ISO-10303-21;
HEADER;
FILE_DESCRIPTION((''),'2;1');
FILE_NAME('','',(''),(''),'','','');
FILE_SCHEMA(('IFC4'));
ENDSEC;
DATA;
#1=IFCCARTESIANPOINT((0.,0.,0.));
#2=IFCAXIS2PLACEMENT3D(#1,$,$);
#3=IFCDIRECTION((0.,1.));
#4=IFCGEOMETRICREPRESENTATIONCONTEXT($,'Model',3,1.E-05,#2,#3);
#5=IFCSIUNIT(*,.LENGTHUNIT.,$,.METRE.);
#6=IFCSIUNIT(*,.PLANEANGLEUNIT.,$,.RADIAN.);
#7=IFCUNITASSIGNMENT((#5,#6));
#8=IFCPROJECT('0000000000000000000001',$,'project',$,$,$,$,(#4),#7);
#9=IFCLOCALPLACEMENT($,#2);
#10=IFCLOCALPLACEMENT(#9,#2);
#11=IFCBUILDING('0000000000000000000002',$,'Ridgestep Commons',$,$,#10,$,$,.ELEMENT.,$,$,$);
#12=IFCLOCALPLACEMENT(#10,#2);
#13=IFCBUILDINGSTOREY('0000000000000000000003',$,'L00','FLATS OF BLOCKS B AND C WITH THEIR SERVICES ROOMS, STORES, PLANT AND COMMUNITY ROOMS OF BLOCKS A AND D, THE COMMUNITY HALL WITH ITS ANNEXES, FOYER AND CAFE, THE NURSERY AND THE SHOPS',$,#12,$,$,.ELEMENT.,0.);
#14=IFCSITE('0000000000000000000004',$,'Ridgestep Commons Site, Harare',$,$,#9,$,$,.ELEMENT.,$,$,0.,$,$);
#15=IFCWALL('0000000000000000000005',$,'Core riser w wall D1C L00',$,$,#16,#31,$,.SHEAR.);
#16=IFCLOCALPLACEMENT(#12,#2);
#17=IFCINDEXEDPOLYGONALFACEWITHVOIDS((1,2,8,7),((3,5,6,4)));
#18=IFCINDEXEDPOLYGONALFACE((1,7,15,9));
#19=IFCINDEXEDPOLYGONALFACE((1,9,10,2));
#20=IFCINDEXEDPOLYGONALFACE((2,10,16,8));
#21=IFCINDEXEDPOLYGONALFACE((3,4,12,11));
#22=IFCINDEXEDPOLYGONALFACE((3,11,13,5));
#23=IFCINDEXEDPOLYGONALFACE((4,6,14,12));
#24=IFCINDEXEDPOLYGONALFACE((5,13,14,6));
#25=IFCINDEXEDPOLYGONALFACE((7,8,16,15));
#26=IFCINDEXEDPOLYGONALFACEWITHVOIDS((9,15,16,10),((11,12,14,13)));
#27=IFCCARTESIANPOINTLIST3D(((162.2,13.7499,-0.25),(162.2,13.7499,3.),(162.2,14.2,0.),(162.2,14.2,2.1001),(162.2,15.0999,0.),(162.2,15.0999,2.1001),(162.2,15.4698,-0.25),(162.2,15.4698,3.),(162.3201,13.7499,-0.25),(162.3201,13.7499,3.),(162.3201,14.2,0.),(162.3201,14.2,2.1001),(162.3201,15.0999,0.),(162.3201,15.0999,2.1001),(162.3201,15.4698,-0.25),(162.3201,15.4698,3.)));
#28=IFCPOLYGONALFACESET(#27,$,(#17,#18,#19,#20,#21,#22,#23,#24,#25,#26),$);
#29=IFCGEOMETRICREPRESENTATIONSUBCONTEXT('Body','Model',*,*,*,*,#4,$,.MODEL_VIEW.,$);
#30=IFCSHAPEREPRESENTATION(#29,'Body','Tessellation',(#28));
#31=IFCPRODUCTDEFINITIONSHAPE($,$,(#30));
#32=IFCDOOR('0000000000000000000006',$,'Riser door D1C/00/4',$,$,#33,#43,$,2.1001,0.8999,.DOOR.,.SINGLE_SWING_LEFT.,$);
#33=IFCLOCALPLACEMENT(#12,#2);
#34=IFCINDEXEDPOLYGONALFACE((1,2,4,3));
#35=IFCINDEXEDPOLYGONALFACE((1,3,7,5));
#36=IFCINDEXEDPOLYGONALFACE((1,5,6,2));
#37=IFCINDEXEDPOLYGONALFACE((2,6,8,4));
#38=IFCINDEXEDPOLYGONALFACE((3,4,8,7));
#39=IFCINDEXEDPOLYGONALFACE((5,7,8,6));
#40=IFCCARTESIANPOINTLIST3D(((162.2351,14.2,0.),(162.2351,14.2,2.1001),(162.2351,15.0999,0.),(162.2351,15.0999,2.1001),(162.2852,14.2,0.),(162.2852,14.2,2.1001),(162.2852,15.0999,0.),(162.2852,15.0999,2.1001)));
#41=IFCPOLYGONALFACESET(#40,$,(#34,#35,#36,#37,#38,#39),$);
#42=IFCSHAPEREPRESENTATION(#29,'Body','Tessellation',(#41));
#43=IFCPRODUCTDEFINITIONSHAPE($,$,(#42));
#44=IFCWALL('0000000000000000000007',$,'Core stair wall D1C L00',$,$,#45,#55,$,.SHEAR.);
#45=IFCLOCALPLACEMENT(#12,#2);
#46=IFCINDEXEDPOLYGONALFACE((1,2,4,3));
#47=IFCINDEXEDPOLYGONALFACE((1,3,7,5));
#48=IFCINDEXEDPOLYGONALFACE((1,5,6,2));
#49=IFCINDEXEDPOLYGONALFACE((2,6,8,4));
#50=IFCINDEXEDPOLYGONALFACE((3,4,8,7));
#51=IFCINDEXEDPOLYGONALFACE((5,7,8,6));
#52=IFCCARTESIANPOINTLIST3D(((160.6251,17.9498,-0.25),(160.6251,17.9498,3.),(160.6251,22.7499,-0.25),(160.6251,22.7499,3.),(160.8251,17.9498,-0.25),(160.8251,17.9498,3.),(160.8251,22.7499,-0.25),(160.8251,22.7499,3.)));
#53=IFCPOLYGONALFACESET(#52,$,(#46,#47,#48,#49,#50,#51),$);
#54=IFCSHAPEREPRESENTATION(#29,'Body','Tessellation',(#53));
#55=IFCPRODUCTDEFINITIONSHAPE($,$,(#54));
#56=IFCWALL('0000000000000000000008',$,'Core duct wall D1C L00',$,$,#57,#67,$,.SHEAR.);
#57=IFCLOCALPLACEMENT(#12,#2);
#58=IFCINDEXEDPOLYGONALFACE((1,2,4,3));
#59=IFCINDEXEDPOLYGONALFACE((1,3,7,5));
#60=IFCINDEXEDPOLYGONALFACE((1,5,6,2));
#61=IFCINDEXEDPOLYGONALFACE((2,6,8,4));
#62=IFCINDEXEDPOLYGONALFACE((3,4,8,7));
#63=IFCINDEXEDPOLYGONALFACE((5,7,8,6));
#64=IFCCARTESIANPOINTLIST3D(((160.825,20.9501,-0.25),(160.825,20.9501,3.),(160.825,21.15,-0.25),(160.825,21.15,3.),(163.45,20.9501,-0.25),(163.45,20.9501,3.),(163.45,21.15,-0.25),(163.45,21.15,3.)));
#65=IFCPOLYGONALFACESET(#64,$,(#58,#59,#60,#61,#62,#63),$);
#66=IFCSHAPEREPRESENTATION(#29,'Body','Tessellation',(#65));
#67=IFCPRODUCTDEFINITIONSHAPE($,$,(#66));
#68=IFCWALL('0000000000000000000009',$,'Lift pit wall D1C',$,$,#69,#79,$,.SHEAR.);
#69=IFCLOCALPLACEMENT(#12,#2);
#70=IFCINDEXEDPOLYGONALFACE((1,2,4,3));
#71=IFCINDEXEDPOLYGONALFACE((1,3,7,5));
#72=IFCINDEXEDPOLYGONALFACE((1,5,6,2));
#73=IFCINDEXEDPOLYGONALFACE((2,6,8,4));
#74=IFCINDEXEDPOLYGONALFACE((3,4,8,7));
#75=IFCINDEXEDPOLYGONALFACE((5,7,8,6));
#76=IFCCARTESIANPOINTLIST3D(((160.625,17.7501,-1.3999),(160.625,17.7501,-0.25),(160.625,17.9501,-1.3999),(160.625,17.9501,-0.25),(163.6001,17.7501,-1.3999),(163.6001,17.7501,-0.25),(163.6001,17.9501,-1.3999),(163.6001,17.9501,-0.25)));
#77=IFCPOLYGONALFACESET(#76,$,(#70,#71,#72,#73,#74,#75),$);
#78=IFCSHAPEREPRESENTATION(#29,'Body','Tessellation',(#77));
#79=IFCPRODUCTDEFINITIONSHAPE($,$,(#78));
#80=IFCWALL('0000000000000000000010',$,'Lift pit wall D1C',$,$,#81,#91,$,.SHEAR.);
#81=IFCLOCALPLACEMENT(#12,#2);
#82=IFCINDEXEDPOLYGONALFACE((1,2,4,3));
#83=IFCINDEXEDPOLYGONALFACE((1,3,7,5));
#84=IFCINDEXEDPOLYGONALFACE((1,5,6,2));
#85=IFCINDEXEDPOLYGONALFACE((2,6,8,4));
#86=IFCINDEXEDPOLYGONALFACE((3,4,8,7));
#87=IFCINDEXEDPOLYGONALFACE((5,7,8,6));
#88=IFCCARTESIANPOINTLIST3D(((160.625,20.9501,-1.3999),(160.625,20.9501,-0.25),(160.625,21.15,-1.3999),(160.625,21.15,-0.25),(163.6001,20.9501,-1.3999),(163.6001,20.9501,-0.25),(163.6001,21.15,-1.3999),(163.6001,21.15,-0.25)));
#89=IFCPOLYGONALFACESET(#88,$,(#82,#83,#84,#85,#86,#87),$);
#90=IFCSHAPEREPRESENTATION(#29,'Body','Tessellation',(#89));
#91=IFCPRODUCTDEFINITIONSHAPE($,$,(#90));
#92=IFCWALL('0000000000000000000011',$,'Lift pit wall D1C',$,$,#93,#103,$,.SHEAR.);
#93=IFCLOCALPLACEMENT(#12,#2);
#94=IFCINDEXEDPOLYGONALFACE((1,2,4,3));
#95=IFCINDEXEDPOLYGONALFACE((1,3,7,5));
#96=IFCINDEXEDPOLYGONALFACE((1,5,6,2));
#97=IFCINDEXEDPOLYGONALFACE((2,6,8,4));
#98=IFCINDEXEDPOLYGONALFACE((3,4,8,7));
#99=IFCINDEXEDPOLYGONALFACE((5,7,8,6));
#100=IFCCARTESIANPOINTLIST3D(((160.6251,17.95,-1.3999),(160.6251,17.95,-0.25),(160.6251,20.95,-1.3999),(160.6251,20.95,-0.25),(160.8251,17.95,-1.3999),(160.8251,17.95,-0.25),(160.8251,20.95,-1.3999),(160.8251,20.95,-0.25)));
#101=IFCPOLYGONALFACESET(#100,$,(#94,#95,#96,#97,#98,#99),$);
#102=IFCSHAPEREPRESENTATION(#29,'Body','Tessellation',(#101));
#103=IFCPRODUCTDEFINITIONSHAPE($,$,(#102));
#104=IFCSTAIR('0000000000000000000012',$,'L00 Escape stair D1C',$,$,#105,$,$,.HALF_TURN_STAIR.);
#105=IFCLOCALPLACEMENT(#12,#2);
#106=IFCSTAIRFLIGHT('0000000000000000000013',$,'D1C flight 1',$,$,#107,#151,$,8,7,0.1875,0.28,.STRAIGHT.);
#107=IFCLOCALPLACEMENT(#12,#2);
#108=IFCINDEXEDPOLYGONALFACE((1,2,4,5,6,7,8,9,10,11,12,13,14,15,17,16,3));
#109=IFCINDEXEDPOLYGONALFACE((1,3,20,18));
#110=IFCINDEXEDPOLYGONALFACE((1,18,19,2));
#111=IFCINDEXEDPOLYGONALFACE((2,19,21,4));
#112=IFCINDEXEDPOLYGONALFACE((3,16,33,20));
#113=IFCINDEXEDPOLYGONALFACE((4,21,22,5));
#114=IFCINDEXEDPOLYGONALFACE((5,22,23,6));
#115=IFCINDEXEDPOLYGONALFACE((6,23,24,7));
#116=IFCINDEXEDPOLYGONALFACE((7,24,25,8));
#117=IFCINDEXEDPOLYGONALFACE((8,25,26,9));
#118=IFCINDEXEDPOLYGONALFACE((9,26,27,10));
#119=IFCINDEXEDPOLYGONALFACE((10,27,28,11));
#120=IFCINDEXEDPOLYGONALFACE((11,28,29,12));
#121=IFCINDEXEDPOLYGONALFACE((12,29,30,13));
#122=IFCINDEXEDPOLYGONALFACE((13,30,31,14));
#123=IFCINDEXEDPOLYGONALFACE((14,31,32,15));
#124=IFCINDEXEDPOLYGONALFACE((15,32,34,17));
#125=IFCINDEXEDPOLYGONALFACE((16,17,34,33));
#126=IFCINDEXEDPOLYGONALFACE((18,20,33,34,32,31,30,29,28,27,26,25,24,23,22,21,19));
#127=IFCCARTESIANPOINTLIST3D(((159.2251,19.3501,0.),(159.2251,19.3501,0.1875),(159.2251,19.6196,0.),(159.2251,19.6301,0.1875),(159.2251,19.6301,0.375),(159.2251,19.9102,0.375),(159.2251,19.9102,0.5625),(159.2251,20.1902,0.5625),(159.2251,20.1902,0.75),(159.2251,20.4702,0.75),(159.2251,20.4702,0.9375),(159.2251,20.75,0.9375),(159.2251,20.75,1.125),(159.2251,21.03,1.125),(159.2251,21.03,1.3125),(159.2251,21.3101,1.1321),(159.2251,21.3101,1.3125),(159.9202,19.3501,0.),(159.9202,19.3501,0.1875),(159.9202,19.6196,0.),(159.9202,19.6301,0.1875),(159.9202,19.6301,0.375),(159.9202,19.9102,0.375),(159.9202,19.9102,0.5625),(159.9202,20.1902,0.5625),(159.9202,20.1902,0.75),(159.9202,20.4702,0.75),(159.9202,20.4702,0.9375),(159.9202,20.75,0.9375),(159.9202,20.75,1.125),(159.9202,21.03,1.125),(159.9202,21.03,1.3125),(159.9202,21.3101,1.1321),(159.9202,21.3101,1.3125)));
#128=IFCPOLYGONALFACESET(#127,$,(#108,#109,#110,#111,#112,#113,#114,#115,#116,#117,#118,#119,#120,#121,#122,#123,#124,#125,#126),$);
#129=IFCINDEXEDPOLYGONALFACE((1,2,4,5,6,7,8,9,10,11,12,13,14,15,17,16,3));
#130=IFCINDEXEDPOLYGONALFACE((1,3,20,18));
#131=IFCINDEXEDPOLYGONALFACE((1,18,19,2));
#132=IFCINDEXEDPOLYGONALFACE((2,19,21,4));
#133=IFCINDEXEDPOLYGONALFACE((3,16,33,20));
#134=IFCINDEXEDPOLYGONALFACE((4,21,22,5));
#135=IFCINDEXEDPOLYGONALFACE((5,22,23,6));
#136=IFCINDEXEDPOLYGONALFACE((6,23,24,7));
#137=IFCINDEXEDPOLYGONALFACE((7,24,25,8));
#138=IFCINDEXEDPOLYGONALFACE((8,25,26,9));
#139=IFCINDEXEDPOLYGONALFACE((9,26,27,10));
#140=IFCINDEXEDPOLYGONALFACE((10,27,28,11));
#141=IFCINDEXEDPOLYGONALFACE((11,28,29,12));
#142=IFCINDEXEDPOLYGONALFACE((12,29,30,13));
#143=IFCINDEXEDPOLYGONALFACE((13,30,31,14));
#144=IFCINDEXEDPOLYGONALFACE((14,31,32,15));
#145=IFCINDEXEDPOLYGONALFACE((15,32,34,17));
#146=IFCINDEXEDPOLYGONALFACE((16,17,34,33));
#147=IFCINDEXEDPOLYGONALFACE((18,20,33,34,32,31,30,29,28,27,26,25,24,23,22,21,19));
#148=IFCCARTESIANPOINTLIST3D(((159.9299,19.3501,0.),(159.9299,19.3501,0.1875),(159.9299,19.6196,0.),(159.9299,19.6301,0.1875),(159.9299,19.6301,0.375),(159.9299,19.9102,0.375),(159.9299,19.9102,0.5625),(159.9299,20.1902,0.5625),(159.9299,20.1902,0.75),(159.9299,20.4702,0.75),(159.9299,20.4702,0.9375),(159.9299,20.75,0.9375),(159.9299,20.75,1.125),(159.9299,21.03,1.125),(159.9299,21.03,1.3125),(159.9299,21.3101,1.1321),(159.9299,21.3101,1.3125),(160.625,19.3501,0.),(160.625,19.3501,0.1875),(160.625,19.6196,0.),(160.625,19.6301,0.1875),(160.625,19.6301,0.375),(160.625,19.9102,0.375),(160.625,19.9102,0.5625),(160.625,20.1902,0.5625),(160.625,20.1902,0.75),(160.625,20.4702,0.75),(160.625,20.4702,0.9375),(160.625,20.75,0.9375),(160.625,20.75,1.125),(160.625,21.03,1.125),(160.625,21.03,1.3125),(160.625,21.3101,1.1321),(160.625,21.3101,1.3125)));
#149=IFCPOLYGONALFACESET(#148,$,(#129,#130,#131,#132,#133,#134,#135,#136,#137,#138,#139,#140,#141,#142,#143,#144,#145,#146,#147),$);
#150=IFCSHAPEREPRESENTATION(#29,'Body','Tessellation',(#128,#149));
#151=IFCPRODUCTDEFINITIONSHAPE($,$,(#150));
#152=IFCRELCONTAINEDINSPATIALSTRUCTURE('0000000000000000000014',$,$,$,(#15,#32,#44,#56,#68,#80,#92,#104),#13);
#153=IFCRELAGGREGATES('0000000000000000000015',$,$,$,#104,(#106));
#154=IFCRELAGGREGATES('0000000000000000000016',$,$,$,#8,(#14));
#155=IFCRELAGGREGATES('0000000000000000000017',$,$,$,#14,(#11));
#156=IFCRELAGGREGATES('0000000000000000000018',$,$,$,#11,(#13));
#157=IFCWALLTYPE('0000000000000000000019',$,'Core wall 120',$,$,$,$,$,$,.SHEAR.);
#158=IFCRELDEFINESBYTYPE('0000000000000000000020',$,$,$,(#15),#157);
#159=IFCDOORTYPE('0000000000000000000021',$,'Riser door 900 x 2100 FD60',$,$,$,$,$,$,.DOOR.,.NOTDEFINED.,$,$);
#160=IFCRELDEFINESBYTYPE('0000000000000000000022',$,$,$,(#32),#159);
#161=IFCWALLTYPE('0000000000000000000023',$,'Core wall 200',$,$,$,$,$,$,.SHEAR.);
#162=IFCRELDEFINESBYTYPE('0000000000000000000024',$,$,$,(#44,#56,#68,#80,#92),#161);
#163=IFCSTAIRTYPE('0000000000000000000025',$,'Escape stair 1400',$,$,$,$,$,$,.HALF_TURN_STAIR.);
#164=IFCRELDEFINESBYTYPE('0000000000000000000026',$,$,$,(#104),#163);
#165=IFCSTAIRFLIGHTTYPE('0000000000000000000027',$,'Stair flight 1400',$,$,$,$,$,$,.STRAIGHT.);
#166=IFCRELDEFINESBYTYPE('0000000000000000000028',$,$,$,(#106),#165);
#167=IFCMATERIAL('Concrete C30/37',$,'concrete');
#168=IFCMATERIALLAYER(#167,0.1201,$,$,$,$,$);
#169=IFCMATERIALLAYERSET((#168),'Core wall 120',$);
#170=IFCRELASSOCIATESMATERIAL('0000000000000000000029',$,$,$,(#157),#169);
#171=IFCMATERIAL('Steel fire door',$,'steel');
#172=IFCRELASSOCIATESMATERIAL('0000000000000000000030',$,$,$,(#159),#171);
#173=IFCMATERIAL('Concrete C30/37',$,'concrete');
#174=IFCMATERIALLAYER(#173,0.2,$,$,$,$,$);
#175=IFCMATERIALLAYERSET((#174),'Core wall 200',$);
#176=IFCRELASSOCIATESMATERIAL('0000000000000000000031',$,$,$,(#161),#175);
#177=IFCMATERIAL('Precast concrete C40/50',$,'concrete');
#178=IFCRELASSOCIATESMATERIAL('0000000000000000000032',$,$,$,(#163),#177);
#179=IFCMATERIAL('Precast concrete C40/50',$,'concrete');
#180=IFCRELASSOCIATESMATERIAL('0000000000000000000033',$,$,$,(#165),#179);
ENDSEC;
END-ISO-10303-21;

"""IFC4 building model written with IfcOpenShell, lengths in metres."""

from ifc_helpers import new_model, si_unit, direction, frame, frame_2d, origin, place, context, subcontext, project, spatial, polyline, rectangle, outline, extrude, material, layer, layer_set, type_object, element, fill, aggregate, save


model = new_model("IFC4")

# Units and contexts
model_context = context("Model", 3, precision=1e-05, world=origin(), true_north=direction((0.0, 1.0)))
body_context = subcontext(model_context, "Body", "Model", "MODEL_VIEW")
ifc_project = project(units=[si_unit("LENGTHUNIT", "METRE"), si_unit("PLANEANGLEUNIT", "RADIAN")], contexts=[model_context])

# Site, building, storey
site_placement = place(None, origin())
site = spatial("IfcSite", under=ifc_project, at=site_placement, Name="Ridgestep Commons Site, Harare", CompositionType="ELEMENT", RefElevation=0.0)
building_placement = place(site_placement, origin())
building = spatial("IfcBuilding", under=site, at=building_placement, Name="Ridgestep Commons", CompositionType="ELEMENT")
storey_placement = place(building_placement, origin())
storey = spatial("IfcBuildingStorey", under=building, at=storey_placement, Name="L00", Description="FLATS OF BLOCKS B AND C WITH THEIR SERVICES ROOMS, STORES, PLANT AND COMMUNITY ROOMS OF BLOCKS A AND D, THE COMMUNITY HALL WITH ITS ANNEXES, FOYER AND CAFE, THE NURSERY AND THE SHOPS", CompositionType="ELEMENT", Elevation=0.0)

# Wall, opening, door
ifc_material_1 = material(Name="Concrete C30/37", Category="concrete")
ifc_layer_1 = layer(ifc_material_1, 0.1201)
ifc_layer_set_1 = layer_set([ifc_layer_1], Name="Core wall 120")
wall_type_1 = type_object("IfcWallType", Name="Core wall 120", PredefinedType="SHEAR", material=ifc_layer_set_1)
wall_1_placement = place(storey_placement, frame((162.26, 13.75, -0.25), z_axis=(0.0, 0.0, 1.0), x_axis=(0.0, 1.0, 0.0)))
wall_1 = element("IfcWall", 1, at=wall_1_placement, inside=storey, type_object=wall_type_1, Name="Core riser w wall D1C L00", PredefinedType="SHEAR", context=body_context, shape_type="SweptSolid", body=[
    extrude(rectangle(XDim=1.72, YDim=0.1201, at=frame_2d((0.8599, 0.0))), origin(), (0.0, 0.0, 1.0), 3.25),
])
opening_placement = place(wall_1_placement, frame((0.45, 0.0, 0.25)))
opening = element("IfcOpeningElement", 2, at=opening_placement, cuts=wall_1, PredefinedType="OPENING", context=body_context, shape_type="SweptSolid", body=[
    extrude(rectangle(XDim=0.8999, YDim=2.1001, at=frame_2d((0.45, 1.05))), frame((0.0, 0.0701, 0.0), z_axis=(0.0, -1.0, 0.0), x_axis=(1.0, 0.0, 0.0)), (0.0, 0.0, 1.0), 0.1401),
])
ifc_material_2 = material(Name="Steel fire door", Category="steel")
door_type = type_object("IfcDoorType", Name="Riser door 900 x 2100 FD60", OperationType="NOTDEFINED", PredefinedType="DOOR", material=ifc_material_2)
door_placement = place(opening_placement, origin())
door = element("IfcDoor", 3, at=door_placement, inside=storey, type_object=door_type, Name="Riser door D1C/00/4", OperationType="SINGLE_SWING_LEFT", OverallHeight=2.1001, OverallWidth=0.8999, PredefinedType="DOOR", context=body_context, shape_type="SweptSolid", body=[
    extrude(rectangle(XDim=0.8999, YDim=2.1001, at=frame_2d((0.45, 1.05))), frame((0.0, 0.0249, 0.0), z_axis=(0.0, -1.0, 0.0), x_axis=(1.0, 0.0, 0.0)), (0.0, 0.0, 1.0), 0.05),
])
fill(opening, door)

# Walls
ifc_material_3 = material(Name="Concrete C30/37", Category="concrete")
ifc_layer_2 = layer(ifc_material_3, 0.2)
ifc_layer_set_2 = layer_set([ifc_layer_2], Name="Core wall 200")
wall_type_2 = type_object("IfcWallType", Name="Core wall 200", PredefinedType="SHEAR", material=ifc_layer_set_2)
wall_2_placement = place(storey_placement, frame((160.7251, 17.95, -0.25), z_axis=(0.0, 0.0, 1.0), x_axis=(0.0, 1.0, 0.0)))
element("IfcWall", 4, at=wall_2_placement, inside=storey, type_object=wall_type_2, Name="Core stair wall D1C L00", PredefinedType="SHEAR", context=body_context, shape_type="SweptSolid", body=[
    extrude(rectangle(XDim=4.8, YDim=0.2, at=frame_2d((2.3999, 0.0))), origin(), (0.0, 0.0, 1.0), 3.25),
])
wall_3_placement = place(storey_placement, frame((160.825, 21.05, -0.25), z_axis=(0.0, 0.0, 1.0), x_axis=(1.0, 0.0, 0.0)))
element("IfcWall", 5, at=wall_3_placement, inside=storey, type_object=wall_type_2, Name="Core duct wall D1C L00", PredefinedType="SHEAR", context=body_context, shape_type="SweptSolid", body=[
    extrude(rectangle(XDim=2.625, YDim=0.2, at=frame_2d((1.3125, 0.0))), origin(), (0.0, 0.0, 1.0), 3.25),
])
for number, where, z_axis, x_axis, name in (
    (6, (160.625, 17.8501, -1.3999), (0.0, 0.0, 1.0), (1.0, 0.0, 0.0), "Lift pit wall D1C"),
    (7, (160.625, 21.05, -1.3999), (0.0, 0.0, 1.0), (1.0, 0.0, 0.0), "Lift pit wall D1C"),
):
    element("IfcWall", number, at=place(storey_placement, frame(where, z_axis=z_axis, x_axis=x_axis)), inside=storey, type_object=wall_type_2, Name=name, PredefinedType="SHEAR", context=body_context, shape_type="SweptSolid", body=[
        extrude(rectangle(XDim=2.9751, YDim=0.2, at=frame_2d((1.4875, 0.0))), origin(), (0.0, 0.0, 1.0), 1.1499),
    ])
wall_4_placement = place(storey_placement, frame((160.7251, 17.95, -1.3999), z_axis=(0.0, 0.0, 1.0), x_axis=(0.0, 1.0, 0.0)))
element("IfcWall", 8, at=wall_4_placement, inside=storey, type_object=wall_type_2, Name="Lift pit wall D1C", PredefinedType="SHEAR", context=body_context, shape_type="SweptSolid", body=[
    extrude(rectangle(XDim=3.0, YDim=0.2, at=frame_2d((1.5, 0.0))), origin(), (0.0, 0.0, 1.0), 1.1499),
])

# Stair, stair flight
ifc_material_4 = material(Name="Precast concrete C40/50", Category="concrete")
stair_type = type_object("IfcStairType", Name="Escape stair 1400", PredefinedType="HALF_TURN_STAIR", material=ifc_material_4)
stair_placement = place(storey_placement, origin())
stair = element("IfcStair", 9, at=stair_placement, inside=storey, type_object=stair_type, Name="L00 Escape stair D1C", PredefinedType="HALF_TURN_STAIR")
ifc_material_5 = material(Name="Precast concrete C40/50", Category="concrete")
stair_flight_type = type_object("IfcStairFlightType", Name="Stair flight 1400", PredefinedType="STRAIGHT", material=ifc_material_5)
stair_flight_1_placement = place(storey_placement, frame((159.925, 19.3501, 0.0), z_axis=(0.0, 0.0, 1.0), x_axis=(0.0, 1.0, 0.0)))
stair_flight_1 = element("IfcStairFlight", 10, at=stair_flight_1_placement, type_object=stair_flight_type, Name="D1C flight 1", NumberOfRisers=8, NumberOfTreads=7, PredefinedType="STRAIGHT", RiserHeight=0.1875, TreadLength=0.28, context=body_context, shape_type="SweptSolid", body=[
    extrude(outline(polyline([(0.0, 0.0), (0.0, 0.1875), (0.28, 0.1875), (0.28, 0.375), (0.5601, 0.375), (0.5601, 0.5625), (0.8401, 0.5625), (0.8401, 0.75), (1.1201, 0.75), (1.1201, 0.9375), (1.3999, 0.9375), (1.3999, 1.125), (1.6799, 1.125), (1.6799, 1.3125), (1.96, 1.3125), (1.96, 1.5), (1.96, 1.1321), (0.2695, 0.0), (0.0, 0.0)])), frame((0.0, 0.7, 0.0), z_axis=(0.0, -1.0, 0.0), x_axis=(1.0, 0.0, 0.0)), (0.0, 0.0, 1.0), 0.6951),
    extrude(outline(polyline([(0.0, 0.0), (0.0, 0.1875), (0.28, 0.1875), (0.28, 0.375), (0.5601, 0.375), (0.5601, 0.5625), (0.8401, 0.5625), (0.8401, 0.75), (1.1201, 0.75), (1.1201, 0.9375), (1.3999, 0.9375), (1.3999, 1.125), (1.6799, 1.125), (1.6799, 1.3125), (1.96, 1.3125), (1.96, 1.5), (1.96, 1.1321), (0.2695, 0.0), (0.0, 0.0)])), frame((0.0, -0.0049, 0.0), z_axis=(0.0, -1.0, 0.0), x_axis=(1.0, 0.0, 0.0)), (0.0, 0.0, 1.0), 0.6951),
])
aggregate(stair, [stair_flight_1])

save(model, "model.ifc")
